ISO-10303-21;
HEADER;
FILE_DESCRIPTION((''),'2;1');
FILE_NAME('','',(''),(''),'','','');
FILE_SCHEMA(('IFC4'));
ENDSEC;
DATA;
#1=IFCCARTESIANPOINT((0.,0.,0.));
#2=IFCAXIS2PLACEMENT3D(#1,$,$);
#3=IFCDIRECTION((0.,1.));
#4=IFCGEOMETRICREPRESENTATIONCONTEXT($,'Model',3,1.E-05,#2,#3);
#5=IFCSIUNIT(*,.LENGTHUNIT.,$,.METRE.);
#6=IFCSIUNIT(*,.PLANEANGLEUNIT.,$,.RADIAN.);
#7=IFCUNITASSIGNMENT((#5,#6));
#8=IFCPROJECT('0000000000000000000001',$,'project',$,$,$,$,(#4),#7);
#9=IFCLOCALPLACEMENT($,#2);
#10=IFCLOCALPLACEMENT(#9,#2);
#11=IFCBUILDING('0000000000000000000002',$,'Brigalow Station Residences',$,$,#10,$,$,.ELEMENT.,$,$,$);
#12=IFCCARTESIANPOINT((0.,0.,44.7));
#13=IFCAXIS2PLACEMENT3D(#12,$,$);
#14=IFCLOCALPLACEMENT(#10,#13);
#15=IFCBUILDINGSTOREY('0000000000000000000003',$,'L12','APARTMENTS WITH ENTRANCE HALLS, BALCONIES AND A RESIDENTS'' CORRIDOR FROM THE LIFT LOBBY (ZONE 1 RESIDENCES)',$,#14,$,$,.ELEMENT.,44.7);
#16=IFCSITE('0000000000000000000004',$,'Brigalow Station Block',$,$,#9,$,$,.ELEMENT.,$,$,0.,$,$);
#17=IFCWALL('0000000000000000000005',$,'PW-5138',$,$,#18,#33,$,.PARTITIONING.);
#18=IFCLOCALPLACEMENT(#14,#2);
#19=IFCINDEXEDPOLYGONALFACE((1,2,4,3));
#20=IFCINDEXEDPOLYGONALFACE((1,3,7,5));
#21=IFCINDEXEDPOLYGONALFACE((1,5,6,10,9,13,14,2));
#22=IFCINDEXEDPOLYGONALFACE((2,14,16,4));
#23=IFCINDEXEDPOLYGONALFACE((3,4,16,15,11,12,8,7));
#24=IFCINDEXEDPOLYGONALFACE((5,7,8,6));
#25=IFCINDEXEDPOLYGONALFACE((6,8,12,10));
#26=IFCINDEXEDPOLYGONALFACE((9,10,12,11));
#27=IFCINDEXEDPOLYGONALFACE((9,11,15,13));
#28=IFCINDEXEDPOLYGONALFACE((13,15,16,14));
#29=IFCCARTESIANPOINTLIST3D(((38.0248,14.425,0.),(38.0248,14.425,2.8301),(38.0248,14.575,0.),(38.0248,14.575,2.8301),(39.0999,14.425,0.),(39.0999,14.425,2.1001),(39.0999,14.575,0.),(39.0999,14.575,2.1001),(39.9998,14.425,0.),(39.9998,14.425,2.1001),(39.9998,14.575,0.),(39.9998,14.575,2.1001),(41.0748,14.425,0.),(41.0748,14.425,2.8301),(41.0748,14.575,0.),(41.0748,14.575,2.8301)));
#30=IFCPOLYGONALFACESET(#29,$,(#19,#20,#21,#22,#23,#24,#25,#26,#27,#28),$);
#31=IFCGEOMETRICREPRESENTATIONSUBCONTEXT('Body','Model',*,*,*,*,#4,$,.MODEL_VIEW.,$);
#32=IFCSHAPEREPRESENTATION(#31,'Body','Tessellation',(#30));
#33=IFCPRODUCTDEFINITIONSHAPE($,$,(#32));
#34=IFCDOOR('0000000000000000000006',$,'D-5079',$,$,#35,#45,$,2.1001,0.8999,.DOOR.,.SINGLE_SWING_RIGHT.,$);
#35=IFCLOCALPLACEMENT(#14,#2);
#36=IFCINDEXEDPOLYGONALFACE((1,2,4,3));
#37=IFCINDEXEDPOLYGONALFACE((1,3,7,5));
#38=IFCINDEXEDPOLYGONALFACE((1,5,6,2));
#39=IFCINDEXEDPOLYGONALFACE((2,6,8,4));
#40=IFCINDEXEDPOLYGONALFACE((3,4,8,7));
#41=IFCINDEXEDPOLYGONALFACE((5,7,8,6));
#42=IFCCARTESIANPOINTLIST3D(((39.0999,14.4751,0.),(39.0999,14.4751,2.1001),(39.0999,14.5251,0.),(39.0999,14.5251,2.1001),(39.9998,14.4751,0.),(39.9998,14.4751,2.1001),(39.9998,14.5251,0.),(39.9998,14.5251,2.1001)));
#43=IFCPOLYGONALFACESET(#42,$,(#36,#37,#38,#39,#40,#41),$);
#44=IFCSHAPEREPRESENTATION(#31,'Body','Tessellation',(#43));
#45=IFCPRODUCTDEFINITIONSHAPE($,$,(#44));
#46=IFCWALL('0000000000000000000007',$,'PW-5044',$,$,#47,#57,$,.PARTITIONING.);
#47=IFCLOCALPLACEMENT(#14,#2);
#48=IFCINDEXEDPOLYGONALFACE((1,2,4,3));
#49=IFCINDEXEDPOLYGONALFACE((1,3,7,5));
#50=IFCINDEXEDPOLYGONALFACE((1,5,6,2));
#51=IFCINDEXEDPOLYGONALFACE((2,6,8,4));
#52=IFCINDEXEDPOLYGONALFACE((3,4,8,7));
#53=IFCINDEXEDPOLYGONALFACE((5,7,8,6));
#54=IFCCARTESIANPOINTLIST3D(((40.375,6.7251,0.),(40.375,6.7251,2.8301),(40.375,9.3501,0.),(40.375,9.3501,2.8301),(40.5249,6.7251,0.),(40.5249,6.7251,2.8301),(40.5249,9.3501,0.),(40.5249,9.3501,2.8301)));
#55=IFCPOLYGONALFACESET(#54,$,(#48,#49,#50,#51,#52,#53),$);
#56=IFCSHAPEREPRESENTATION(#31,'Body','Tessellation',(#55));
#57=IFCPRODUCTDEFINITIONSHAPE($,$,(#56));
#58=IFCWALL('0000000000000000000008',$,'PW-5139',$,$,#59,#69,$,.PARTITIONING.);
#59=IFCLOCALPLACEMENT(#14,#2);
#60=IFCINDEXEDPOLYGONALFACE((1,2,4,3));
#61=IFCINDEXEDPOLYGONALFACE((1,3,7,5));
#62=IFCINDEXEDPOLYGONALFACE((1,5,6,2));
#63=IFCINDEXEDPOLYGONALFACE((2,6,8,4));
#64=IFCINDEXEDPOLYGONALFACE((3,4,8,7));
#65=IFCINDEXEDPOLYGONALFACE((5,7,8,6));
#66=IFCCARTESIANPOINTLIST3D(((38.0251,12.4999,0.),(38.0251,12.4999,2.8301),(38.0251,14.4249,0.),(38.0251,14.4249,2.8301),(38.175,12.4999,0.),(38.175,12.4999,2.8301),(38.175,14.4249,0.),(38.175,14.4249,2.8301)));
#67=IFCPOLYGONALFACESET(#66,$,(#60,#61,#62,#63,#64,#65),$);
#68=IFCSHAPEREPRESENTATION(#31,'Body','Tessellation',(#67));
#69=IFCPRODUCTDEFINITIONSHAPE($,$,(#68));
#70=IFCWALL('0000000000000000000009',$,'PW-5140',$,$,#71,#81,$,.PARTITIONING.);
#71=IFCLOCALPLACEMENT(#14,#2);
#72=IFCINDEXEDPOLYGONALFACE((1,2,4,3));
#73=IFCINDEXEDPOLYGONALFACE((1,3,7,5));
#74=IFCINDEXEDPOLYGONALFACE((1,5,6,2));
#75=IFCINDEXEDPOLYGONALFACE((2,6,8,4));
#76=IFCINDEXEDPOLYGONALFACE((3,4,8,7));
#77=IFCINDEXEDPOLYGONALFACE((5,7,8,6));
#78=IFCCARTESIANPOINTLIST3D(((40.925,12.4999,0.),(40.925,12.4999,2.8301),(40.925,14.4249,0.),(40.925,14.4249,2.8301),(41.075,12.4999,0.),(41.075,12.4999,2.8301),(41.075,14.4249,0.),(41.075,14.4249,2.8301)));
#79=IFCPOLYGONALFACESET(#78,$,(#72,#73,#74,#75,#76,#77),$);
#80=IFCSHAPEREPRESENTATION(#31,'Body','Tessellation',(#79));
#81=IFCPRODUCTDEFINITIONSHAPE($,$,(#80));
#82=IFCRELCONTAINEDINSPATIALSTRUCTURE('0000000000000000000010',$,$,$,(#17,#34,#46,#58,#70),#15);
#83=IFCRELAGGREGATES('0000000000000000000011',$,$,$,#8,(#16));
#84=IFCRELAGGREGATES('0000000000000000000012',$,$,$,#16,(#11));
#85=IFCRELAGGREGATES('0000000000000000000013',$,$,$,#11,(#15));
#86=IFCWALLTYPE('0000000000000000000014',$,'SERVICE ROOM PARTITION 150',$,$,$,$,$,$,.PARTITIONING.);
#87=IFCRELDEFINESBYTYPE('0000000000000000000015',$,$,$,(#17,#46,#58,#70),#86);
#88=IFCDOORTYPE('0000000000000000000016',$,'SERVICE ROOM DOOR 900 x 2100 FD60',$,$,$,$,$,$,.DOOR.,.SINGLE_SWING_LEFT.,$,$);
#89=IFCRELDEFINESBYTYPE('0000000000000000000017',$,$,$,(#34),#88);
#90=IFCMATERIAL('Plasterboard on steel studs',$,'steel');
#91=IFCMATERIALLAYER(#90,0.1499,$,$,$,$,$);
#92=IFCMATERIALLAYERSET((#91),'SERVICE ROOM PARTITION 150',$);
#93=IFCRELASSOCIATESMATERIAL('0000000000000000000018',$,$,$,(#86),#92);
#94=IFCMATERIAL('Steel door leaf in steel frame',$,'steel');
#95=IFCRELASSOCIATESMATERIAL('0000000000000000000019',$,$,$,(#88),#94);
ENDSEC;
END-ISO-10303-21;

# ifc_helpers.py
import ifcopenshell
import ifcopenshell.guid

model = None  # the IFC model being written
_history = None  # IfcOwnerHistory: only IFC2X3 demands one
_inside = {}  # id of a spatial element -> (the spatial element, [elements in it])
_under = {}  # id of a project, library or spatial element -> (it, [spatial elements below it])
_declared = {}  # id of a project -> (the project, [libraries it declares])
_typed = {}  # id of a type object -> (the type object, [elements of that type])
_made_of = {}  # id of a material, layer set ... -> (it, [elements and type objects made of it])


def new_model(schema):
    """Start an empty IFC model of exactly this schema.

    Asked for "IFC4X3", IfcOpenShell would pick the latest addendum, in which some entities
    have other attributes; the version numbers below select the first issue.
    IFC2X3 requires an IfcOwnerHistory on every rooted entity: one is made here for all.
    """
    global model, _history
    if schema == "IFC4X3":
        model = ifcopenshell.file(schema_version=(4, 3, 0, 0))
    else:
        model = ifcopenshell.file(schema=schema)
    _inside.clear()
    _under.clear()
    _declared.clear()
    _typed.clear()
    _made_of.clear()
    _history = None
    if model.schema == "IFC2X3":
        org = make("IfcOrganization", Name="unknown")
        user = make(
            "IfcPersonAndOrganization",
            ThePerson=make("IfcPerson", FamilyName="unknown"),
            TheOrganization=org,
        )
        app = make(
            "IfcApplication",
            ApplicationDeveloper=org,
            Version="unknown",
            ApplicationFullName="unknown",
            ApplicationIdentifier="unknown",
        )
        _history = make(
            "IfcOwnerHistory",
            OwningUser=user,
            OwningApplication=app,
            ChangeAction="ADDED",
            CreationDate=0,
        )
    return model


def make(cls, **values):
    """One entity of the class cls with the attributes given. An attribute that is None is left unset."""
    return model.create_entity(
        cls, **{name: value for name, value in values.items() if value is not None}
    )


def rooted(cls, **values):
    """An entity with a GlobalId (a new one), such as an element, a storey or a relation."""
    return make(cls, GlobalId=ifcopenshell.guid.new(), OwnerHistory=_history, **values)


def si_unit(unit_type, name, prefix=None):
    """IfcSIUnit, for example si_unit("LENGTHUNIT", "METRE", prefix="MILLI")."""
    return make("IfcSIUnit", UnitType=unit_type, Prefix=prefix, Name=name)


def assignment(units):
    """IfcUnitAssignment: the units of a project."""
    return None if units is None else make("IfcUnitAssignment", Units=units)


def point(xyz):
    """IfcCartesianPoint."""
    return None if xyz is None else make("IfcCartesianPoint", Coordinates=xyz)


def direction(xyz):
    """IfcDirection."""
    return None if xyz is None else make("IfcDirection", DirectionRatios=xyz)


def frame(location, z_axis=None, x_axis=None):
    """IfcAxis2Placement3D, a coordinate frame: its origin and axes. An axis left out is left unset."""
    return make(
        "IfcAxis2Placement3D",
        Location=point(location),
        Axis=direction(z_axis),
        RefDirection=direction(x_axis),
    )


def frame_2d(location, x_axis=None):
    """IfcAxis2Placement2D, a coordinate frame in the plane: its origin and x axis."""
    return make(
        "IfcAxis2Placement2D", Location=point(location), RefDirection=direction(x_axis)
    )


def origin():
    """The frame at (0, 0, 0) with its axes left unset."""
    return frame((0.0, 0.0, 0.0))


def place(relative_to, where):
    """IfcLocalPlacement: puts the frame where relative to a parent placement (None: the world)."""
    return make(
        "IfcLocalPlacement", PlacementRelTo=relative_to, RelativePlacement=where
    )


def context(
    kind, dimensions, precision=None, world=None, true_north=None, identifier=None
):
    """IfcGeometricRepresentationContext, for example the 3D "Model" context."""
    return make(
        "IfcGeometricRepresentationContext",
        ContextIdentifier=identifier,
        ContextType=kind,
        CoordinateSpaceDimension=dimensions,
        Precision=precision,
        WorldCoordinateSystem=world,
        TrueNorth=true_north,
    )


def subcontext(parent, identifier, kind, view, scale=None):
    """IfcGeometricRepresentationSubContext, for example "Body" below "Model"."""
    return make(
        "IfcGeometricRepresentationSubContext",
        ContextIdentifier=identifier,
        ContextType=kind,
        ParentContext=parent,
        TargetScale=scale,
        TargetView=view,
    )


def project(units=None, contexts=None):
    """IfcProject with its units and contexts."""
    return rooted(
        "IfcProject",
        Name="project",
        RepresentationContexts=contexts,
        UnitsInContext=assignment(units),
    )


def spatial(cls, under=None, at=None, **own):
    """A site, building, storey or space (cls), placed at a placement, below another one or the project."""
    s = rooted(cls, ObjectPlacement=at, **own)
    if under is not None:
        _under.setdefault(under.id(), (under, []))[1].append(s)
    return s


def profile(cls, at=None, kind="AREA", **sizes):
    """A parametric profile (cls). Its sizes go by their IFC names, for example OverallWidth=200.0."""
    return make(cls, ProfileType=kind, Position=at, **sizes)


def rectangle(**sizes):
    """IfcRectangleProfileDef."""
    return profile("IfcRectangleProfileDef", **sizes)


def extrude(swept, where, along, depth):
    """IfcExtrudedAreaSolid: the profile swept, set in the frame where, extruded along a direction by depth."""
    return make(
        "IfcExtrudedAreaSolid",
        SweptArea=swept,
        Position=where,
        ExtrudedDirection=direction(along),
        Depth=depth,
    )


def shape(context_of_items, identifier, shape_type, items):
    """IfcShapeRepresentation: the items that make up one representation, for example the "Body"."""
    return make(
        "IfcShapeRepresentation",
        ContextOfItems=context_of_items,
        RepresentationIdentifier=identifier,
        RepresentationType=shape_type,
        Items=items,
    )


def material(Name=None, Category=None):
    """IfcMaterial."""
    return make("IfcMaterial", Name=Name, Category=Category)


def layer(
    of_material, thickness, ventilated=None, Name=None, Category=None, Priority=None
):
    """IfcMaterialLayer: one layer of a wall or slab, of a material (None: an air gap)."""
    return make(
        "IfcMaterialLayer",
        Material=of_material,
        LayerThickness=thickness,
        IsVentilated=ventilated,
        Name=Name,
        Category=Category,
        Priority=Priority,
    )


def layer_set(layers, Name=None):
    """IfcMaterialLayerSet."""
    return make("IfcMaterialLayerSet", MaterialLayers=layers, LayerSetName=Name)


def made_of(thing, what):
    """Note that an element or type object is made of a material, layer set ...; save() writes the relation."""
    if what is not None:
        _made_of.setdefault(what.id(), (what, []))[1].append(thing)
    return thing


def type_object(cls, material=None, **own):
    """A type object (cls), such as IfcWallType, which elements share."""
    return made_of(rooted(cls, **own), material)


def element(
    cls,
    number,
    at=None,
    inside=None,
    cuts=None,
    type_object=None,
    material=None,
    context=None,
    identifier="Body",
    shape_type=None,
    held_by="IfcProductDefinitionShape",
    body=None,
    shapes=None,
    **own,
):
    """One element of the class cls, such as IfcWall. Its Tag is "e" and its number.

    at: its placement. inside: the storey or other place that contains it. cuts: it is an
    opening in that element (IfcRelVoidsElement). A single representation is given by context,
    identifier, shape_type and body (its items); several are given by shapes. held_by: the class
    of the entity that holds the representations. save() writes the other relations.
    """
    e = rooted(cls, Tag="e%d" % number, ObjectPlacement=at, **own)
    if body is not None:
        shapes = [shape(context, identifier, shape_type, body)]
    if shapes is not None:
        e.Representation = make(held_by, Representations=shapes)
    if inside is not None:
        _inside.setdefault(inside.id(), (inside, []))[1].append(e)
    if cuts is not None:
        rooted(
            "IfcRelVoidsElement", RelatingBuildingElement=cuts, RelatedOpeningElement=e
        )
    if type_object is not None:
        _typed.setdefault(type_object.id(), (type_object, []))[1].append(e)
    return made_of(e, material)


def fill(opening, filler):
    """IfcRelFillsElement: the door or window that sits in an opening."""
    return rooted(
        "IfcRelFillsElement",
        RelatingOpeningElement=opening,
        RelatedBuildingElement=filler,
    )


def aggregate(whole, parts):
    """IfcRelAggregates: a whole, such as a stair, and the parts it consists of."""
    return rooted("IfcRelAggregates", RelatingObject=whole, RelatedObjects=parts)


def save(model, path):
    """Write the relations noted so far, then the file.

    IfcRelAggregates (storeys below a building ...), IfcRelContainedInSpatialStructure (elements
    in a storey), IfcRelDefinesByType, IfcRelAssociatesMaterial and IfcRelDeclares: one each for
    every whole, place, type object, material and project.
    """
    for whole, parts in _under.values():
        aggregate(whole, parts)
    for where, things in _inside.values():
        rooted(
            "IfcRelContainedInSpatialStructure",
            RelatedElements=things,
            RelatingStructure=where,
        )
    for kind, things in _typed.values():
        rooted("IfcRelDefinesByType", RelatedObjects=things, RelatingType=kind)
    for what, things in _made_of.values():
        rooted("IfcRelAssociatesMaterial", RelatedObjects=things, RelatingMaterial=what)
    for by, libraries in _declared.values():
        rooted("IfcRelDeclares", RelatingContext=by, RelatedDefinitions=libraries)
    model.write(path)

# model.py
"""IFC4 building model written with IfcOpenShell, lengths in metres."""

from ifc_helpers import new_model, si_unit, direction, frame, frame_2d, origin, place, context, subcontext, project, spatial, rectangle, extrude, material, layer, layer_set, type_object, element, fill, save


model = new_model("IFC4")

# Units and contexts
model_context = context("Model", 3, precision=1e-05, world=origin(), true_north=direction((0.0, 1.0)))
body_context = subcontext(model_context, "Body", "Model", "MODEL_VIEW")
ifc_project = project(units=[si_unit("LENGTHUNIT", "METRE"), si_unit("PLANEANGLEUNIT", "RADIAN")], contexts=[model_context])

# Site, building, storey
site_placement = place(None, origin())
site = spatial("IfcSite", under=ifc_project, at=site_placement, Name="Brigalow Station Block", CompositionType="ELEMENT", RefElevation=0.0)
building_placement = place(site_placement, origin())
building = spatial("IfcBuilding", under=site, at=building_placement, Name="Brigalow Station Residences", CompositionType="ELEMENT")
storey_placement = place(building_placement, frame((0.0, 0.0, 44.7)))
storey = spatial("IfcBuildingStorey", under=building, at=storey_placement, Name="L12", Description="APARTMENTS WITH ENTRANCE HALLS, BALCONIES AND A RESIDENTS' CORRIDOR FROM THE LIFT LOBBY (ZONE 1 RESIDENCES)", CompositionType="ELEMENT", Elevation=44.7)

# Wall, opening, door
ifc_material_1 = material(Name="Plasterboard on steel studs", Category="steel")
ifc_layer_1 = layer(ifc_material_1, 0.1499)
ifc_layer_set_1 = layer_set([ifc_layer_1], Name="SERVICE ROOM PARTITION 150")
wall_type_1 = type_object("IfcWallType", Name="SERVICE ROOM PARTITION 150", PredefinedType="PARTITIONING", material=ifc_layer_set_1)
wall_1_placement = place(storey_placement, frame((38.0249, 14.5, 0.0), z_axis=(0.0, 0.0, 1.0), x_axis=(1.0, 0.0, 0.0)))
wall_1 = element("IfcWall", 1, at=wall_1_placement, inside=storey, type_object=wall_type_1, Name="PW-5138", PredefinedType="PARTITIONING", context=body_context, shape_type="SweptSolid", body=[
    extrude(rectangle(XDim=3.05, YDim=0.1499, at=frame_2d((1.5249, 0.0))), origin(), (0.0, 0.0, 1.0), 2.8301),
])
opening_1_placement = place(wall_1_placement, frame((1.075, 0.0, 0.0)))
opening_1 = element("IfcOpeningElement", 2, at=opening_1_placement, cuts=wall_1, PredefinedType="OPENING", context=body_context, shape_type="SweptSolid", body=[
    extrude(rectangle(XDim=0.8999, YDim=2.1001, at=frame_2d((0.45, 1.05))), frame((0.0, 0.085, 0.0), z_axis=(0.0, -1.0, 0.0), x_axis=(1.0, 0.0, 0.0)), (0.0, 0.0, 1.0), 0.1699),
])
ifc_material_2 = material(Name="Steel door leaf in steel frame", Category="steel")
door_type_1 = type_object("IfcDoorType", Name="SERVICE ROOM DOOR 900 x 2100 FD60", OperationType="SINGLE_SWING_LEFT", PredefinedType="DOOR", material=ifc_material_2)
door_1_placement = place(opening_1_placement, frame((0.8999, 0.0, 0.0), z_axis=(0.0, 0.0, 1.0), x_axis=(-1.0, 0.0, 0.0)))
door_1 = element("IfcDoor", 3, at=door_1_placement, inside=storey, type_object=door_type_1, Name="D-5079", OperationType="SINGLE_SWING_RIGHT", OverallHeight=2.1001, OverallWidth=0.8999, PredefinedType="DOOR", context=body_context, shape_type="SweptSolid", body=[
    extrude(rectangle(XDim=0.8999, YDim=2.1001, at=frame_2d((0.45, 1.05))), frame((0.0, 0.0249, 0.0), z_axis=(0.0, -1.0, 0.0), x_axis=(1.0, 0.0, 0.0)), (0.0, 0.0, 1.0), 0.05),
])
fill(opening_1, door_1)

# Walls
wall_2_placement = place(storey_placement, frame((40.45, 6.7251, 0.0), z_axis=(0.0, 0.0, 1.0), x_axis=(0.0, 1.0, 0.0)))
element("IfcWall", 4, at=wall_2_placement, inside=storey, type_object=wall_type_1, Name="PW-5044", PredefinedType="PARTITIONING", context=body_context, shape_type="SweptSolid", body=[
    extrude(rectangle(XDim=2.625, YDim=0.1499, at=frame_2d((1.3125, 0.0))), origin(), (0.0, 0.0, 1.0), 2.8301),
])
for number, where, z_axis, x_axis, name in (
    (5, (38.1001, 12.5, 0.0), (0.0, 0.0, 1.0), (0.0, 1.0, 0.0), "PW-5139"),
    (6, (41.0, 12.5, 0.0), (0.0, 0.0, 1.0), (0.0, 1.0, 0.0), "PW-5140"),
):
    element("IfcWall", number, at=place(storey_placement, frame(where, z_axis=z_axis, x_axis=x_axis)), inside=storey, type_object=wall_type_1, Name=name, PredefinedType="PARTITIONING", context=body_context, shape_type="SweptSolid", body=[
        extrude(rectangle(XDim=1.925, YDim=0.1499, at=frame_2d((0.9624, 0.0))), origin(), (0.0, 0.0, 1.0), 2.8301),
    ])

save(model, "model.ifc")
